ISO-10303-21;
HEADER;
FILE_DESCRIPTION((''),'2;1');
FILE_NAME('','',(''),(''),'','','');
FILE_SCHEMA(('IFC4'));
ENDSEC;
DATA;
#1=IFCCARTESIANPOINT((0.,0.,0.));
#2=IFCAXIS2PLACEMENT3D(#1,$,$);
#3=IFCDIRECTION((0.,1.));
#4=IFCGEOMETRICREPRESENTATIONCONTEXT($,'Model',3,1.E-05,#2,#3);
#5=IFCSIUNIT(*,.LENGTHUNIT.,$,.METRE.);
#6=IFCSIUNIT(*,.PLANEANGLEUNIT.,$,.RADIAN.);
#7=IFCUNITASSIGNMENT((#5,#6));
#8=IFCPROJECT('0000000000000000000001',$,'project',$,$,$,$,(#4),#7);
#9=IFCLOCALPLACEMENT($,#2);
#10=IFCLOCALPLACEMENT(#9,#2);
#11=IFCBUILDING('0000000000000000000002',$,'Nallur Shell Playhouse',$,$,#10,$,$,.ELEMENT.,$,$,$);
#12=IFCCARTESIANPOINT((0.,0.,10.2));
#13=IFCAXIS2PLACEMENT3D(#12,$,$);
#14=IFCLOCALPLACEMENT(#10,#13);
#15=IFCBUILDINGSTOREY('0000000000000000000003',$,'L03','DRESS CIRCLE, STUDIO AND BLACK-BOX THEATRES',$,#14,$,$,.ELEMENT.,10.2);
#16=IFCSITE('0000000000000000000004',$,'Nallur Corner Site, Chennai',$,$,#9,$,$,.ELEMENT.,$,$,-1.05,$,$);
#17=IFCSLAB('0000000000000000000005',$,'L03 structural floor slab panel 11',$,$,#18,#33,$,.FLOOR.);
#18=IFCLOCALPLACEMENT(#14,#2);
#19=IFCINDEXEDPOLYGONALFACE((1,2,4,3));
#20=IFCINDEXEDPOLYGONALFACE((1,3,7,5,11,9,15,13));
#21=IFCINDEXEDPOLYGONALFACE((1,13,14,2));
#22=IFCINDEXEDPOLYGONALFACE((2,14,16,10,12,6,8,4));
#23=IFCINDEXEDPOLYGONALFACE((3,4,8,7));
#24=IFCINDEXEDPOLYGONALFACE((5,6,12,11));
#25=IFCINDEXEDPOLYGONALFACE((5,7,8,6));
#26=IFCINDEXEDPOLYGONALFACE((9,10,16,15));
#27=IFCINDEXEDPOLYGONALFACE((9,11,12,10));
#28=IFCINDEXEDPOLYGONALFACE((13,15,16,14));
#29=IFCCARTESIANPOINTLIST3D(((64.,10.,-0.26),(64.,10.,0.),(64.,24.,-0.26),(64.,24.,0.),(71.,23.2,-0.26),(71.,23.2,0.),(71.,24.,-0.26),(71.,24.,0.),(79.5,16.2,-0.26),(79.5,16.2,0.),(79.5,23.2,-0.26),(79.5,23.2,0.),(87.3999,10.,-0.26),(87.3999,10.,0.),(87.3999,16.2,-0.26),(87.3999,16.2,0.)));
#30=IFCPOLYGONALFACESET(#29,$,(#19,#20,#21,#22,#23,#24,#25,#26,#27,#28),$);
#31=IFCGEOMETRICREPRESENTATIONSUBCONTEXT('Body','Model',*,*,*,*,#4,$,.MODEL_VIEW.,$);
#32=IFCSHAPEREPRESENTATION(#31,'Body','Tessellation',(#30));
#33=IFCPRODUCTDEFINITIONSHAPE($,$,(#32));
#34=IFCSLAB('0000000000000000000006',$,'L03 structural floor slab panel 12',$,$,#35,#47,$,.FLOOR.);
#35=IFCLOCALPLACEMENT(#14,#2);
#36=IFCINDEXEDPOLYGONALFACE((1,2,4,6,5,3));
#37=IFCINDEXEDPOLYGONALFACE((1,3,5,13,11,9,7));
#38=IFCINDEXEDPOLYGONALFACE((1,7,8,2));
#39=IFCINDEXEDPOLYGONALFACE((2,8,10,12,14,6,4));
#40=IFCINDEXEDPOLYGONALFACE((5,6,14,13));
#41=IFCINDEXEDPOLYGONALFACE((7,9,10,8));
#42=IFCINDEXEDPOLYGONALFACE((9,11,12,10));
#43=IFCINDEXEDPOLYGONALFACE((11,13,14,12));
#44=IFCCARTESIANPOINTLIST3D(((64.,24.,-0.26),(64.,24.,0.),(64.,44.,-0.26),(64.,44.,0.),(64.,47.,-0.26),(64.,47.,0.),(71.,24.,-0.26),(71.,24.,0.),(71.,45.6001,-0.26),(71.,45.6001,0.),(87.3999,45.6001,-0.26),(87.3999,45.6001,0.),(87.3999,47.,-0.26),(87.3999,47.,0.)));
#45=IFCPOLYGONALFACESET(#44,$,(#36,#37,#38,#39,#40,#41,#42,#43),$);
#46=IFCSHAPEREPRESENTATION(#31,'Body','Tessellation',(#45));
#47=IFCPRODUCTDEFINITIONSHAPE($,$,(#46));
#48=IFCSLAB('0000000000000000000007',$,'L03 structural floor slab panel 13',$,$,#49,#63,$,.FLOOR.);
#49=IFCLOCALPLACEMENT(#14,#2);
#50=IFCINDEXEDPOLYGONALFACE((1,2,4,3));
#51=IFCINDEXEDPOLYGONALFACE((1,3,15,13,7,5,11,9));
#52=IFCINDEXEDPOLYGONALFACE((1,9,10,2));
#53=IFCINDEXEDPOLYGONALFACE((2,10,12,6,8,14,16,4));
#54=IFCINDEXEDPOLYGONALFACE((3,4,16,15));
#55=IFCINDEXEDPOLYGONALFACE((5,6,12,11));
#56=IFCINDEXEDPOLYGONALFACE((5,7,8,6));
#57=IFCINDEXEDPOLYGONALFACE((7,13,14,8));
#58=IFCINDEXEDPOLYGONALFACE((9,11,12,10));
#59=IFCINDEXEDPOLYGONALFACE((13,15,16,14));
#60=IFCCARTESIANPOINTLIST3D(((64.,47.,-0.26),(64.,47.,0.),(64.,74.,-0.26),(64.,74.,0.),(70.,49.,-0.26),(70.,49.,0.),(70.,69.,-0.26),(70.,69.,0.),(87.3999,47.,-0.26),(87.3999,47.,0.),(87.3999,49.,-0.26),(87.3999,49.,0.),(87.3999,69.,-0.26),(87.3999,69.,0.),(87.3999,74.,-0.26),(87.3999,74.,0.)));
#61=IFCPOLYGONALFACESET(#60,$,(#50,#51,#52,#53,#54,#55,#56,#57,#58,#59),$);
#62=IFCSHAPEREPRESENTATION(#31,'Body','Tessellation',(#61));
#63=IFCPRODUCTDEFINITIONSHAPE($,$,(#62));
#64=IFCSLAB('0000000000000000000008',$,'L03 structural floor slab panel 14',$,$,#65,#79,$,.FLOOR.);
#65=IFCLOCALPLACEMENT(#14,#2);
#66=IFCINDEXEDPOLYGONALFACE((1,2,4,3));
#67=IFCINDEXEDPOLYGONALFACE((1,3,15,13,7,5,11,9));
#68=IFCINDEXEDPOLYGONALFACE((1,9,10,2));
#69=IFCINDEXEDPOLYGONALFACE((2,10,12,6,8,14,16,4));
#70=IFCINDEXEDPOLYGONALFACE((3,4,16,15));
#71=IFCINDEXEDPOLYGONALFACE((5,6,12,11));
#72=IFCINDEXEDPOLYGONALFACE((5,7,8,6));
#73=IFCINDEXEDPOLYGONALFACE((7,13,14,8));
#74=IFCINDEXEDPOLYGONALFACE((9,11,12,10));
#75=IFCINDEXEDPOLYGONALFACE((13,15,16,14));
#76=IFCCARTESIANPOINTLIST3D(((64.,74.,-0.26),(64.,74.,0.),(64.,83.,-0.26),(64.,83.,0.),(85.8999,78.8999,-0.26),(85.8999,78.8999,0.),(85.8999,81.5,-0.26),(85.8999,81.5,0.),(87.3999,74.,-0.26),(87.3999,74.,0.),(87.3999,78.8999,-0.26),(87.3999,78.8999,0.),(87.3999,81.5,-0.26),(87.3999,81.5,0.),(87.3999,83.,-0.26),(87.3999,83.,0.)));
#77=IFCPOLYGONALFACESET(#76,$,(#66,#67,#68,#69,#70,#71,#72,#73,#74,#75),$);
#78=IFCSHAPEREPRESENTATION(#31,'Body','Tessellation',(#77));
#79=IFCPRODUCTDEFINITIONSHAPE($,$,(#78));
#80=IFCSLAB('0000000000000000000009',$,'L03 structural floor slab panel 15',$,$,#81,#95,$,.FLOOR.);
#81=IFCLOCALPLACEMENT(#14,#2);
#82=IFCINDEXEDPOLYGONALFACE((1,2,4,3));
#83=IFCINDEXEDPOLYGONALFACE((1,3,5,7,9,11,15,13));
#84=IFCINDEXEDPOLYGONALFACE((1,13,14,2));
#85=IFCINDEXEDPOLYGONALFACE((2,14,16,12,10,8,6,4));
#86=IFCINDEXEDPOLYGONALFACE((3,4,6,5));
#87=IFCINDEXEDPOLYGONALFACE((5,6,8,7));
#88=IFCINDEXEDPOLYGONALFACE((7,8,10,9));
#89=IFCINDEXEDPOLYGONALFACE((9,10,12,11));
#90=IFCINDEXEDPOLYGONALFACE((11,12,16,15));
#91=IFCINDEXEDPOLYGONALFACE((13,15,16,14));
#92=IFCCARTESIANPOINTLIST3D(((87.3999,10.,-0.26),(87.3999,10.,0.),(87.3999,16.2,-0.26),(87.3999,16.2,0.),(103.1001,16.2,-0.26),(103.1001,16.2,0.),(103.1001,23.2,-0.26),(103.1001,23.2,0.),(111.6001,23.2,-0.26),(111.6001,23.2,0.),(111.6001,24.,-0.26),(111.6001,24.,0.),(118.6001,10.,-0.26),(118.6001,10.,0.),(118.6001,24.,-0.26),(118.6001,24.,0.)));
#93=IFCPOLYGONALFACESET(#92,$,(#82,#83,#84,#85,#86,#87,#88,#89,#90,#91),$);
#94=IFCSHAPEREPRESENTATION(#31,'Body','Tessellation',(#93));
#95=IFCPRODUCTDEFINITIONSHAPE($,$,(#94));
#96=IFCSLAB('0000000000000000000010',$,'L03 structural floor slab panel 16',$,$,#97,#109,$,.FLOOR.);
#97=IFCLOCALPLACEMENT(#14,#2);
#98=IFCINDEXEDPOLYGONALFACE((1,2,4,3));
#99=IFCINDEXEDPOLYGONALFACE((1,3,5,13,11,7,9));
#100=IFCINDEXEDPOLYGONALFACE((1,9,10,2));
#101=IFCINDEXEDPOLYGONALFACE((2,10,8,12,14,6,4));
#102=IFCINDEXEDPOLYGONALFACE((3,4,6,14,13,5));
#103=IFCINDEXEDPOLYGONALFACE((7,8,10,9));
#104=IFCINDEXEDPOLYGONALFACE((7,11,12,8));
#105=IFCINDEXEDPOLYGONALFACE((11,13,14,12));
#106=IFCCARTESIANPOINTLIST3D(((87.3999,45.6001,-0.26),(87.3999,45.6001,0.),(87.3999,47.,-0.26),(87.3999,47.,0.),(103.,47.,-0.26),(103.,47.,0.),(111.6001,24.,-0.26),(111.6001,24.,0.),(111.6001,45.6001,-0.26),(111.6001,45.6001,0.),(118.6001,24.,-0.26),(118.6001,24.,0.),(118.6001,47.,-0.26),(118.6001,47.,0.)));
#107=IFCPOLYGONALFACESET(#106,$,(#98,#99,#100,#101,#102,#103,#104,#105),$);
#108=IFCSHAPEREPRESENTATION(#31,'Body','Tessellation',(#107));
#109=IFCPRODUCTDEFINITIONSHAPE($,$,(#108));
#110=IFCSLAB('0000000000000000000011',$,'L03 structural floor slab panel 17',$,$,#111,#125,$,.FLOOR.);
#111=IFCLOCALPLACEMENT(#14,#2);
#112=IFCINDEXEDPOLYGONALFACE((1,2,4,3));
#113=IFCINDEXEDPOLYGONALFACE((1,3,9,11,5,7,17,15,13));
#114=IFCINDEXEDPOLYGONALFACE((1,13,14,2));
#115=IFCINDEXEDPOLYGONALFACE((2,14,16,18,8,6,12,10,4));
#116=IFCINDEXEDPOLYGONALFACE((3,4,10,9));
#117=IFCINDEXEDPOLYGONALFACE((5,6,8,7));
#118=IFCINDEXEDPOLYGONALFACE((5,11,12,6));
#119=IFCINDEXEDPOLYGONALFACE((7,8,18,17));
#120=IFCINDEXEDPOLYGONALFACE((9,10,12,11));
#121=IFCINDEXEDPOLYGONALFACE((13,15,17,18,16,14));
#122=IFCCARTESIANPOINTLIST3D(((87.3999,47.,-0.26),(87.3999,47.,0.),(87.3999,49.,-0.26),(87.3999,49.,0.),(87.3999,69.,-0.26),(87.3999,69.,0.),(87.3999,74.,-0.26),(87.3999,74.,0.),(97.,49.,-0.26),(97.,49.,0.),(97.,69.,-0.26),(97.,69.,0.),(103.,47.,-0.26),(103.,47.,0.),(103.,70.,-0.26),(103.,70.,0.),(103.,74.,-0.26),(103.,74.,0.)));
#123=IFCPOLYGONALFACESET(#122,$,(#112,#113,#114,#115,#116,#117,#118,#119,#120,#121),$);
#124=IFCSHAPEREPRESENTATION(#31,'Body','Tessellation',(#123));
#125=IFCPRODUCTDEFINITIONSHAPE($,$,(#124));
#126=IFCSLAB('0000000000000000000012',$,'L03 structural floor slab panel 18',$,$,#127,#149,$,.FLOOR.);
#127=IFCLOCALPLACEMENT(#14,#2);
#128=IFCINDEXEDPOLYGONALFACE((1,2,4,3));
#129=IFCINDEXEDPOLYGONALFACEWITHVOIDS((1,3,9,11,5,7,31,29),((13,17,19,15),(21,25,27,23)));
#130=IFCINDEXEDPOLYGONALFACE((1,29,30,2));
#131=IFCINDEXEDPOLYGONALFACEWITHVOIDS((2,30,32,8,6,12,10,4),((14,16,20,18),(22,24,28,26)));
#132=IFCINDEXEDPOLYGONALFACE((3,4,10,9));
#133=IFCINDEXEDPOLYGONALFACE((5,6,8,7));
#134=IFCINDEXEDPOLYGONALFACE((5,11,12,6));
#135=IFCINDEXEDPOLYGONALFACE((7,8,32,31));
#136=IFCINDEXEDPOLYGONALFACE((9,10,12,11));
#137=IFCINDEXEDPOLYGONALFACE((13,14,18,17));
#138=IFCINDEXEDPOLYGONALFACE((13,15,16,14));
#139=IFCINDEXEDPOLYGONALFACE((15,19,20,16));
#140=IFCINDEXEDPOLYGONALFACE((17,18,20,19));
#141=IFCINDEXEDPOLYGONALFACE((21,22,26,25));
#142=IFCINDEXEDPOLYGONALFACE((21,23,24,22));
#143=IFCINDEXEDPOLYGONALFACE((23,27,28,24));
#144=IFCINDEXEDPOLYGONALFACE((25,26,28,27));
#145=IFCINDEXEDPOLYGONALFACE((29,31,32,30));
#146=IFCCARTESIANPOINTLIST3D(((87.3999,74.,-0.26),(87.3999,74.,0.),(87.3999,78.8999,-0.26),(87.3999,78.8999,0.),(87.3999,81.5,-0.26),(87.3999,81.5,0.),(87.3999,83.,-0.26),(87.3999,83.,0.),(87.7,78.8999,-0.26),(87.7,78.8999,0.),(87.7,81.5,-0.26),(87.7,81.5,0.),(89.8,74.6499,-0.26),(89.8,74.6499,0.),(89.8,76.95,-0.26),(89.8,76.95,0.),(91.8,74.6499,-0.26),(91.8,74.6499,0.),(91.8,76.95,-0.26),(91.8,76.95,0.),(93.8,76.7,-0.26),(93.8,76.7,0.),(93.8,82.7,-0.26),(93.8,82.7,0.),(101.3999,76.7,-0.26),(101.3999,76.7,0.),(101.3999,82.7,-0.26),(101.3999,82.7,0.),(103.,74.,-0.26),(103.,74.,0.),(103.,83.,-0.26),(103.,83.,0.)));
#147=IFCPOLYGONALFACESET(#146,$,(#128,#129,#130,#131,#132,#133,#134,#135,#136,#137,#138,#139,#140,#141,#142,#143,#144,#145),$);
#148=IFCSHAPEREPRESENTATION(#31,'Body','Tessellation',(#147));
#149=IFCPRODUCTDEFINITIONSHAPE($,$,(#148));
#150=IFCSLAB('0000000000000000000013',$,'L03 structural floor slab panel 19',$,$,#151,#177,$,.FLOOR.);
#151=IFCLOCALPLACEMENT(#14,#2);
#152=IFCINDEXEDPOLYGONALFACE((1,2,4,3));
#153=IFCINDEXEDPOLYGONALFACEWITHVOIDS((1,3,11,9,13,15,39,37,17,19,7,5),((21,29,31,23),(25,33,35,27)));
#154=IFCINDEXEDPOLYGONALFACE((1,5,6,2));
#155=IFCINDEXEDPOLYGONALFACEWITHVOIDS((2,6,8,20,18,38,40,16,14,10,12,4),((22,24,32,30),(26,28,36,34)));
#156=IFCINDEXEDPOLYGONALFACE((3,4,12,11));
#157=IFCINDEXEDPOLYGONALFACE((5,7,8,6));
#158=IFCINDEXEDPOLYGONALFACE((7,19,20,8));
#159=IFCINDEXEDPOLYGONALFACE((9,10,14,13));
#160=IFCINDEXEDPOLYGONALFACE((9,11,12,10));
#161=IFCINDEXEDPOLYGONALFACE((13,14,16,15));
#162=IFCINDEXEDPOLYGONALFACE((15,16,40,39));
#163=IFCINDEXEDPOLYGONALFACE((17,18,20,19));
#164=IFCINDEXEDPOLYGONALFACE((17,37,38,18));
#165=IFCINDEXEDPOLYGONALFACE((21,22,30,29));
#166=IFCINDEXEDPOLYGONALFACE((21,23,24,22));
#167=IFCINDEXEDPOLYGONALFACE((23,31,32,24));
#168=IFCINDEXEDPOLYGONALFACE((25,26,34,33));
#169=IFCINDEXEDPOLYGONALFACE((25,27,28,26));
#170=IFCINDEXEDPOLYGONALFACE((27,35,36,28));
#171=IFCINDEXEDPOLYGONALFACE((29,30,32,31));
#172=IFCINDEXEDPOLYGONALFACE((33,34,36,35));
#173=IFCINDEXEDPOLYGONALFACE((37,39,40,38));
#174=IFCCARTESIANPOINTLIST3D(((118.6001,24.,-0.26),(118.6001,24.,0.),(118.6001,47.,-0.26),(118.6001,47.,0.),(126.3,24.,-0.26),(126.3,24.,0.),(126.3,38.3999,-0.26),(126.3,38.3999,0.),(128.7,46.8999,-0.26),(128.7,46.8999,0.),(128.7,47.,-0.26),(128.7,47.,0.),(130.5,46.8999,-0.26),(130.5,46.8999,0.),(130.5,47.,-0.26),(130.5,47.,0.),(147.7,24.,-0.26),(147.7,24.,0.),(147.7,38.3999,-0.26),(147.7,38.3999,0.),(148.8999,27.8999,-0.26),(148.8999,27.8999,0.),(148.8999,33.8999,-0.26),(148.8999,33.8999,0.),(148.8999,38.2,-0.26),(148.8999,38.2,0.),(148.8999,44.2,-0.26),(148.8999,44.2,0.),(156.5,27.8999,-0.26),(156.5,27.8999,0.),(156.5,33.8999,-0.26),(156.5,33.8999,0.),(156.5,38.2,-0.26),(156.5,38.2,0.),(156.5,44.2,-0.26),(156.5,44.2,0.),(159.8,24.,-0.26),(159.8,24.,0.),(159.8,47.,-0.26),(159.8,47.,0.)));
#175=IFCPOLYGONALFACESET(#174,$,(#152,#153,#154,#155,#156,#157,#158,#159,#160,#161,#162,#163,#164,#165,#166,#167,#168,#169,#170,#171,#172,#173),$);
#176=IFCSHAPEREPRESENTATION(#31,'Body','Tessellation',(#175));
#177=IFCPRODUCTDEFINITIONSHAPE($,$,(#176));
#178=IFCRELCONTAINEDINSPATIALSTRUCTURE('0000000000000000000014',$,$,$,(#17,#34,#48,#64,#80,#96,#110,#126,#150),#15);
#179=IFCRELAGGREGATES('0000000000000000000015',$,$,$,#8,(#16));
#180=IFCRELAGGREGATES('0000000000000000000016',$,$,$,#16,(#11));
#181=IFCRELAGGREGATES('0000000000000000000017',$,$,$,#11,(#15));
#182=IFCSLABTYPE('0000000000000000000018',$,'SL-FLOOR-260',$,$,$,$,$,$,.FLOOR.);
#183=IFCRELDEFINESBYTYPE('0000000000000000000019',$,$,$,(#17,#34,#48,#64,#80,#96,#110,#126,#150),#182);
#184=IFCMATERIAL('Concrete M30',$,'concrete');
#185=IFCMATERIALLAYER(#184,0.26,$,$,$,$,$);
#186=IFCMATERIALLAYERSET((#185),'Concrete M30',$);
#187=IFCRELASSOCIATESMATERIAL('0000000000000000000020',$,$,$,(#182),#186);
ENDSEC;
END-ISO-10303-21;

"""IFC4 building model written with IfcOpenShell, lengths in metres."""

from ifc_helpers import new_model, si_unit, direction, frame, origin, place, context, subcontext, project, spatial, polyline, outline, extrude, material, layer, layer_set, type_object, element, save


model = new_model("IFC4")

# Units and contexts
model_context = context("Model", 3, precision=1e-05, world=origin(), true_north=direction((0.0, 1.0)))
body_context = subcontext(model_context, "Body", "Model", "MODEL_VIEW")
ifc_project = project(units=[si_unit("LENGTHUNIT", "METRE"), si_unit("PLANEANGLEUNIT", "RADIAN")], contexts=[model_context])

# Site, building, storey
site_placement = place(None, origin())
site = spatial("IfcSite", under=ifc_project, at=site_placement, Name="Nallur Corner Site, Chennai", CompositionType="ELEMENT", RefElevation=-1.05)
building_placement = place(site_placement, origin())
building = spatial("IfcBuilding", under=site, at=building_placement, Name="Nallur Shell Playhouse", CompositionType="ELEMENT")
storey_placement = place(building_placement, frame((0.0, 0.0, 10.2)))
storey = spatial("IfcBuildingStorey", under=building, at=storey_placement, Name="L03", Description="DRESS CIRCLE, STUDIO AND BLACK-BOX THEATRES", CompositionType="ELEMENT", Elevation=10.2)

# Slabs
ifc_material_1 = material(Name="Concrete M30", Category="concrete")
ifc_layer_1 = layer(ifc_material_1, 0.26)
ifc_layer_set_1 = layer_set([ifc_layer_1], Name="Concrete M30")
slab_type_1 = type_object("IfcSlabType", Name="SL-FLOOR-260", PredefinedType="FLOOR", material=ifc_layer_set_1)
slab_1_placement = place(storey_placement, frame((0.0, 0.0, -0.26)))
element("IfcSlab", 1, at=slab_1_placement, inside=storey, type_object=slab_type_1, Name="L03 structural floor slab panel 11", PredefinedType="FLOOR", context=body_context, shape_type="SweptSolid", body=[
    extrude(outline(polyline([(64.0, 10.0), (64.0, 24.0), (71.0, 24.0), (71.0, 23.2), (79.5, 23.2), (79.5, 16.2), (87.3999, 16.2), (87.3999, 10.0), (64.0, 10.0)])), origin(), (0.0, 0.0, 1.0), 0.26),
])
slab_2_placement = place(storey_placement, frame((0.0, 0.0, -0.26)))
element("IfcSlab", 2, at=slab_2_placement, inside=storey, type_object=slab_type_1, Name="L03 structural floor slab panel 12", PredefinedType="FLOOR", context=body_context, shape_type="SweptSolid", body=[
    extrude(outline(polyline([(64.0, 47.0), (87.3999, 47.0), (87.3999, 45.6001), (71.0, 45.6001), (71.0, 24.0), (64.0, 24.0), (64.0, 44.0), (64.0, 47.0)])), origin(), (0.0, 0.0, 1.0), 0.26),
])
slab_3_placement = place(storey_placement, frame((0.0, 0.0, -0.26)))
element("IfcSlab", 3, at=slab_3_placement, inside=storey, type_object=slab_type_1, Name="L03 structural floor slab panel 13", PredefinedType="FLOOR", context=body_context, shape_type="SweptSolid", body=[
    extrude(outline(polyline([(70.0, 69.0), (70.0, 49.0), (87.3999, 49.0), (87.3999, 47.0), (64.0, 47.0), (64.0, 74.0), (87.3999, 74.0), (87.3999, 69.0), (70.0, 69.0)])), origin(), (0.0, 0.0, 1.0), 0.26),
])
slab_4_placement = place(storey_placement, frame((0.0, 0.0, -0.26)))
element("IfcSlab", 4, at=slab_4_placement, inside=storey, type_object=slab_type_1, Name="L03 structural floor slab panel 14", PredefinedType="FLOOR", context=body_context, shape_type="SweptSolid", body=[
    extrude(outline(polyline([(87.3999, 83.0), (87.3999, 81.5), (85.8999, 81.5), (85.8999, 78.8999), (87.3999, 78.8999), (87.3999, 74.0), (64.0, 74.0), (64.0, 83.0), (87.3999, 83.0)])), origin(), (0.0, 0.0, 1.0), 0.26),
])
slab_5_placement = place(storey_placement, frame((0.0, 0.0, -0.26)))
element("IfcSlab", 5, at=slab_5_placement, inside=storey, type_object=slab_type_1, Name="L03 structural floor slab panel 15", PredefinedType="FLOOR", context=body_context, shape_type="SweptSolid", body=[
    extrude(outline(polyline([(118.6001, 10.0), (87.3999, 10.0), (87.3999, 16.2), (103.1001, 16.2), (103.1001, 23.2), (111.6001, 23.2), (111.6001, 24.0), (118.6001, 24.0), (118.6001, 10.0)])), origin(), (0.0, 0.0, 1.0), 0.26),
])
slab_6_placement = place(storey_placement, frame((0.0, 0.0, -0.26)))
element("IfcSlab", 6, at=slab_6_placement, inside=storey, type_object=slab_type_1, Name="L03 structural floor slab panel 16", PredefinedType="FLOOR", context=body_context, shape_type="SweptSolid", body=[
    extrude(outline(polyline([(118.6001, 47.0), (118.6001, 24.0), (111.6001, 24.0), (111.6001, 45.6001), (87.3999, 45.6001), (87.3999, 47.0), (103.0, 47.0), (118.6001, 47.0)])), origin(), (0.0, 0.0, 1.0), 0.26),
])
slab_7_placement = place(storey_placement, frame((0.0, 0.0, -0.26)))
element("IfcSlab", 7, at=slab_7_placement, inside=storey, type_object=slab_type_1, Name="L03 structural floor slab panel 17", PredefinedType="FLOOR", context=body_context, shape_type="SweptSolid", body=[
    extrude(outline(polyline([(103.0, 70.0), (103.0, 47.0), (87.3999, 47.0), (87.3999, 49.0), (97.0, 49.0), (97.0, 69.0), (87.3999, 69.0), (87.3999, 74.0), (103.0, 74.0), (103.0, 70.0)])), origin(), (0.0, 0.0, 1.0), 0.26),
])
slab_8_placement = place(storey_placement, frame((0.0, 0.0, -0.26)))
element("IfcSlab", 8, at=slab_8_placement, inside=storey, type_object=slab_type_1, Name="L03 structural floor slab panel 18", PredefinedType="FLOOR", context=body_context, shape_type="SweptSolid", body=[
    extrude(outline(polyline([(103.0, 83.0), (103.0, 74.0), (87.3999, 74.0), (87.3999, 78.8999), (87.7, 78.8999), (87.7, 81.5), (87.3999, 81.5), (87.3999, 83.0), (103.0, 83.0)]), holes=[polyline([(91.8, 76.95), (89.8, 76.95), (89.8, 74.6499), (91.8, 74.6499), (91.8, 76.95)]), polyline([(101.3999, 76.7), (101.3999, 82.7), (93.8, 82.7), (93.8, 76.7), (101.3999, 76.7)])]), origin(), (0.0, 0.0, 1.0), 0.26),
])
slab_9_placement = place(storey_placement, frame((0.0, 0.0, -0.26)))
element("IfcSlab", 9, at=slab_9_placement, inside=storey, type_object=slab_type_1, Name="L03 structural floor slab panel 19", PredefinedType="FLOOR", context=body_context, shape_type="SweptSolid", body=[
    extrude(outline(polyline([(159.8, 24.0), (147.7, 24.0), (147.7, 38.3999), (126.3, 38.3999), (126.3, 24.0), (118.6001, 24.0), (118.6001, 47.0), (128.7, 47.0), (128.7, 46.8999), (130.5, 46.8999), (130.5, 47.0), (159.8, 47.0), (159.8, 24.0)]), holes=[polyline([(156.5, 27.8999), (156.5, 33.8999), (148.8999, 33.8999), (148.8999, 27.8999), (156.5, 27.8999)]), polyline([(156.5, 38.2), (156.5, 44.2), (148.8999, 44.2), (148.8999, 38.2), (156.5, 38.2)])]), origin(), (0.0, 0.0, 1.0), 0.26),
])

save(model, "model.ifc")
